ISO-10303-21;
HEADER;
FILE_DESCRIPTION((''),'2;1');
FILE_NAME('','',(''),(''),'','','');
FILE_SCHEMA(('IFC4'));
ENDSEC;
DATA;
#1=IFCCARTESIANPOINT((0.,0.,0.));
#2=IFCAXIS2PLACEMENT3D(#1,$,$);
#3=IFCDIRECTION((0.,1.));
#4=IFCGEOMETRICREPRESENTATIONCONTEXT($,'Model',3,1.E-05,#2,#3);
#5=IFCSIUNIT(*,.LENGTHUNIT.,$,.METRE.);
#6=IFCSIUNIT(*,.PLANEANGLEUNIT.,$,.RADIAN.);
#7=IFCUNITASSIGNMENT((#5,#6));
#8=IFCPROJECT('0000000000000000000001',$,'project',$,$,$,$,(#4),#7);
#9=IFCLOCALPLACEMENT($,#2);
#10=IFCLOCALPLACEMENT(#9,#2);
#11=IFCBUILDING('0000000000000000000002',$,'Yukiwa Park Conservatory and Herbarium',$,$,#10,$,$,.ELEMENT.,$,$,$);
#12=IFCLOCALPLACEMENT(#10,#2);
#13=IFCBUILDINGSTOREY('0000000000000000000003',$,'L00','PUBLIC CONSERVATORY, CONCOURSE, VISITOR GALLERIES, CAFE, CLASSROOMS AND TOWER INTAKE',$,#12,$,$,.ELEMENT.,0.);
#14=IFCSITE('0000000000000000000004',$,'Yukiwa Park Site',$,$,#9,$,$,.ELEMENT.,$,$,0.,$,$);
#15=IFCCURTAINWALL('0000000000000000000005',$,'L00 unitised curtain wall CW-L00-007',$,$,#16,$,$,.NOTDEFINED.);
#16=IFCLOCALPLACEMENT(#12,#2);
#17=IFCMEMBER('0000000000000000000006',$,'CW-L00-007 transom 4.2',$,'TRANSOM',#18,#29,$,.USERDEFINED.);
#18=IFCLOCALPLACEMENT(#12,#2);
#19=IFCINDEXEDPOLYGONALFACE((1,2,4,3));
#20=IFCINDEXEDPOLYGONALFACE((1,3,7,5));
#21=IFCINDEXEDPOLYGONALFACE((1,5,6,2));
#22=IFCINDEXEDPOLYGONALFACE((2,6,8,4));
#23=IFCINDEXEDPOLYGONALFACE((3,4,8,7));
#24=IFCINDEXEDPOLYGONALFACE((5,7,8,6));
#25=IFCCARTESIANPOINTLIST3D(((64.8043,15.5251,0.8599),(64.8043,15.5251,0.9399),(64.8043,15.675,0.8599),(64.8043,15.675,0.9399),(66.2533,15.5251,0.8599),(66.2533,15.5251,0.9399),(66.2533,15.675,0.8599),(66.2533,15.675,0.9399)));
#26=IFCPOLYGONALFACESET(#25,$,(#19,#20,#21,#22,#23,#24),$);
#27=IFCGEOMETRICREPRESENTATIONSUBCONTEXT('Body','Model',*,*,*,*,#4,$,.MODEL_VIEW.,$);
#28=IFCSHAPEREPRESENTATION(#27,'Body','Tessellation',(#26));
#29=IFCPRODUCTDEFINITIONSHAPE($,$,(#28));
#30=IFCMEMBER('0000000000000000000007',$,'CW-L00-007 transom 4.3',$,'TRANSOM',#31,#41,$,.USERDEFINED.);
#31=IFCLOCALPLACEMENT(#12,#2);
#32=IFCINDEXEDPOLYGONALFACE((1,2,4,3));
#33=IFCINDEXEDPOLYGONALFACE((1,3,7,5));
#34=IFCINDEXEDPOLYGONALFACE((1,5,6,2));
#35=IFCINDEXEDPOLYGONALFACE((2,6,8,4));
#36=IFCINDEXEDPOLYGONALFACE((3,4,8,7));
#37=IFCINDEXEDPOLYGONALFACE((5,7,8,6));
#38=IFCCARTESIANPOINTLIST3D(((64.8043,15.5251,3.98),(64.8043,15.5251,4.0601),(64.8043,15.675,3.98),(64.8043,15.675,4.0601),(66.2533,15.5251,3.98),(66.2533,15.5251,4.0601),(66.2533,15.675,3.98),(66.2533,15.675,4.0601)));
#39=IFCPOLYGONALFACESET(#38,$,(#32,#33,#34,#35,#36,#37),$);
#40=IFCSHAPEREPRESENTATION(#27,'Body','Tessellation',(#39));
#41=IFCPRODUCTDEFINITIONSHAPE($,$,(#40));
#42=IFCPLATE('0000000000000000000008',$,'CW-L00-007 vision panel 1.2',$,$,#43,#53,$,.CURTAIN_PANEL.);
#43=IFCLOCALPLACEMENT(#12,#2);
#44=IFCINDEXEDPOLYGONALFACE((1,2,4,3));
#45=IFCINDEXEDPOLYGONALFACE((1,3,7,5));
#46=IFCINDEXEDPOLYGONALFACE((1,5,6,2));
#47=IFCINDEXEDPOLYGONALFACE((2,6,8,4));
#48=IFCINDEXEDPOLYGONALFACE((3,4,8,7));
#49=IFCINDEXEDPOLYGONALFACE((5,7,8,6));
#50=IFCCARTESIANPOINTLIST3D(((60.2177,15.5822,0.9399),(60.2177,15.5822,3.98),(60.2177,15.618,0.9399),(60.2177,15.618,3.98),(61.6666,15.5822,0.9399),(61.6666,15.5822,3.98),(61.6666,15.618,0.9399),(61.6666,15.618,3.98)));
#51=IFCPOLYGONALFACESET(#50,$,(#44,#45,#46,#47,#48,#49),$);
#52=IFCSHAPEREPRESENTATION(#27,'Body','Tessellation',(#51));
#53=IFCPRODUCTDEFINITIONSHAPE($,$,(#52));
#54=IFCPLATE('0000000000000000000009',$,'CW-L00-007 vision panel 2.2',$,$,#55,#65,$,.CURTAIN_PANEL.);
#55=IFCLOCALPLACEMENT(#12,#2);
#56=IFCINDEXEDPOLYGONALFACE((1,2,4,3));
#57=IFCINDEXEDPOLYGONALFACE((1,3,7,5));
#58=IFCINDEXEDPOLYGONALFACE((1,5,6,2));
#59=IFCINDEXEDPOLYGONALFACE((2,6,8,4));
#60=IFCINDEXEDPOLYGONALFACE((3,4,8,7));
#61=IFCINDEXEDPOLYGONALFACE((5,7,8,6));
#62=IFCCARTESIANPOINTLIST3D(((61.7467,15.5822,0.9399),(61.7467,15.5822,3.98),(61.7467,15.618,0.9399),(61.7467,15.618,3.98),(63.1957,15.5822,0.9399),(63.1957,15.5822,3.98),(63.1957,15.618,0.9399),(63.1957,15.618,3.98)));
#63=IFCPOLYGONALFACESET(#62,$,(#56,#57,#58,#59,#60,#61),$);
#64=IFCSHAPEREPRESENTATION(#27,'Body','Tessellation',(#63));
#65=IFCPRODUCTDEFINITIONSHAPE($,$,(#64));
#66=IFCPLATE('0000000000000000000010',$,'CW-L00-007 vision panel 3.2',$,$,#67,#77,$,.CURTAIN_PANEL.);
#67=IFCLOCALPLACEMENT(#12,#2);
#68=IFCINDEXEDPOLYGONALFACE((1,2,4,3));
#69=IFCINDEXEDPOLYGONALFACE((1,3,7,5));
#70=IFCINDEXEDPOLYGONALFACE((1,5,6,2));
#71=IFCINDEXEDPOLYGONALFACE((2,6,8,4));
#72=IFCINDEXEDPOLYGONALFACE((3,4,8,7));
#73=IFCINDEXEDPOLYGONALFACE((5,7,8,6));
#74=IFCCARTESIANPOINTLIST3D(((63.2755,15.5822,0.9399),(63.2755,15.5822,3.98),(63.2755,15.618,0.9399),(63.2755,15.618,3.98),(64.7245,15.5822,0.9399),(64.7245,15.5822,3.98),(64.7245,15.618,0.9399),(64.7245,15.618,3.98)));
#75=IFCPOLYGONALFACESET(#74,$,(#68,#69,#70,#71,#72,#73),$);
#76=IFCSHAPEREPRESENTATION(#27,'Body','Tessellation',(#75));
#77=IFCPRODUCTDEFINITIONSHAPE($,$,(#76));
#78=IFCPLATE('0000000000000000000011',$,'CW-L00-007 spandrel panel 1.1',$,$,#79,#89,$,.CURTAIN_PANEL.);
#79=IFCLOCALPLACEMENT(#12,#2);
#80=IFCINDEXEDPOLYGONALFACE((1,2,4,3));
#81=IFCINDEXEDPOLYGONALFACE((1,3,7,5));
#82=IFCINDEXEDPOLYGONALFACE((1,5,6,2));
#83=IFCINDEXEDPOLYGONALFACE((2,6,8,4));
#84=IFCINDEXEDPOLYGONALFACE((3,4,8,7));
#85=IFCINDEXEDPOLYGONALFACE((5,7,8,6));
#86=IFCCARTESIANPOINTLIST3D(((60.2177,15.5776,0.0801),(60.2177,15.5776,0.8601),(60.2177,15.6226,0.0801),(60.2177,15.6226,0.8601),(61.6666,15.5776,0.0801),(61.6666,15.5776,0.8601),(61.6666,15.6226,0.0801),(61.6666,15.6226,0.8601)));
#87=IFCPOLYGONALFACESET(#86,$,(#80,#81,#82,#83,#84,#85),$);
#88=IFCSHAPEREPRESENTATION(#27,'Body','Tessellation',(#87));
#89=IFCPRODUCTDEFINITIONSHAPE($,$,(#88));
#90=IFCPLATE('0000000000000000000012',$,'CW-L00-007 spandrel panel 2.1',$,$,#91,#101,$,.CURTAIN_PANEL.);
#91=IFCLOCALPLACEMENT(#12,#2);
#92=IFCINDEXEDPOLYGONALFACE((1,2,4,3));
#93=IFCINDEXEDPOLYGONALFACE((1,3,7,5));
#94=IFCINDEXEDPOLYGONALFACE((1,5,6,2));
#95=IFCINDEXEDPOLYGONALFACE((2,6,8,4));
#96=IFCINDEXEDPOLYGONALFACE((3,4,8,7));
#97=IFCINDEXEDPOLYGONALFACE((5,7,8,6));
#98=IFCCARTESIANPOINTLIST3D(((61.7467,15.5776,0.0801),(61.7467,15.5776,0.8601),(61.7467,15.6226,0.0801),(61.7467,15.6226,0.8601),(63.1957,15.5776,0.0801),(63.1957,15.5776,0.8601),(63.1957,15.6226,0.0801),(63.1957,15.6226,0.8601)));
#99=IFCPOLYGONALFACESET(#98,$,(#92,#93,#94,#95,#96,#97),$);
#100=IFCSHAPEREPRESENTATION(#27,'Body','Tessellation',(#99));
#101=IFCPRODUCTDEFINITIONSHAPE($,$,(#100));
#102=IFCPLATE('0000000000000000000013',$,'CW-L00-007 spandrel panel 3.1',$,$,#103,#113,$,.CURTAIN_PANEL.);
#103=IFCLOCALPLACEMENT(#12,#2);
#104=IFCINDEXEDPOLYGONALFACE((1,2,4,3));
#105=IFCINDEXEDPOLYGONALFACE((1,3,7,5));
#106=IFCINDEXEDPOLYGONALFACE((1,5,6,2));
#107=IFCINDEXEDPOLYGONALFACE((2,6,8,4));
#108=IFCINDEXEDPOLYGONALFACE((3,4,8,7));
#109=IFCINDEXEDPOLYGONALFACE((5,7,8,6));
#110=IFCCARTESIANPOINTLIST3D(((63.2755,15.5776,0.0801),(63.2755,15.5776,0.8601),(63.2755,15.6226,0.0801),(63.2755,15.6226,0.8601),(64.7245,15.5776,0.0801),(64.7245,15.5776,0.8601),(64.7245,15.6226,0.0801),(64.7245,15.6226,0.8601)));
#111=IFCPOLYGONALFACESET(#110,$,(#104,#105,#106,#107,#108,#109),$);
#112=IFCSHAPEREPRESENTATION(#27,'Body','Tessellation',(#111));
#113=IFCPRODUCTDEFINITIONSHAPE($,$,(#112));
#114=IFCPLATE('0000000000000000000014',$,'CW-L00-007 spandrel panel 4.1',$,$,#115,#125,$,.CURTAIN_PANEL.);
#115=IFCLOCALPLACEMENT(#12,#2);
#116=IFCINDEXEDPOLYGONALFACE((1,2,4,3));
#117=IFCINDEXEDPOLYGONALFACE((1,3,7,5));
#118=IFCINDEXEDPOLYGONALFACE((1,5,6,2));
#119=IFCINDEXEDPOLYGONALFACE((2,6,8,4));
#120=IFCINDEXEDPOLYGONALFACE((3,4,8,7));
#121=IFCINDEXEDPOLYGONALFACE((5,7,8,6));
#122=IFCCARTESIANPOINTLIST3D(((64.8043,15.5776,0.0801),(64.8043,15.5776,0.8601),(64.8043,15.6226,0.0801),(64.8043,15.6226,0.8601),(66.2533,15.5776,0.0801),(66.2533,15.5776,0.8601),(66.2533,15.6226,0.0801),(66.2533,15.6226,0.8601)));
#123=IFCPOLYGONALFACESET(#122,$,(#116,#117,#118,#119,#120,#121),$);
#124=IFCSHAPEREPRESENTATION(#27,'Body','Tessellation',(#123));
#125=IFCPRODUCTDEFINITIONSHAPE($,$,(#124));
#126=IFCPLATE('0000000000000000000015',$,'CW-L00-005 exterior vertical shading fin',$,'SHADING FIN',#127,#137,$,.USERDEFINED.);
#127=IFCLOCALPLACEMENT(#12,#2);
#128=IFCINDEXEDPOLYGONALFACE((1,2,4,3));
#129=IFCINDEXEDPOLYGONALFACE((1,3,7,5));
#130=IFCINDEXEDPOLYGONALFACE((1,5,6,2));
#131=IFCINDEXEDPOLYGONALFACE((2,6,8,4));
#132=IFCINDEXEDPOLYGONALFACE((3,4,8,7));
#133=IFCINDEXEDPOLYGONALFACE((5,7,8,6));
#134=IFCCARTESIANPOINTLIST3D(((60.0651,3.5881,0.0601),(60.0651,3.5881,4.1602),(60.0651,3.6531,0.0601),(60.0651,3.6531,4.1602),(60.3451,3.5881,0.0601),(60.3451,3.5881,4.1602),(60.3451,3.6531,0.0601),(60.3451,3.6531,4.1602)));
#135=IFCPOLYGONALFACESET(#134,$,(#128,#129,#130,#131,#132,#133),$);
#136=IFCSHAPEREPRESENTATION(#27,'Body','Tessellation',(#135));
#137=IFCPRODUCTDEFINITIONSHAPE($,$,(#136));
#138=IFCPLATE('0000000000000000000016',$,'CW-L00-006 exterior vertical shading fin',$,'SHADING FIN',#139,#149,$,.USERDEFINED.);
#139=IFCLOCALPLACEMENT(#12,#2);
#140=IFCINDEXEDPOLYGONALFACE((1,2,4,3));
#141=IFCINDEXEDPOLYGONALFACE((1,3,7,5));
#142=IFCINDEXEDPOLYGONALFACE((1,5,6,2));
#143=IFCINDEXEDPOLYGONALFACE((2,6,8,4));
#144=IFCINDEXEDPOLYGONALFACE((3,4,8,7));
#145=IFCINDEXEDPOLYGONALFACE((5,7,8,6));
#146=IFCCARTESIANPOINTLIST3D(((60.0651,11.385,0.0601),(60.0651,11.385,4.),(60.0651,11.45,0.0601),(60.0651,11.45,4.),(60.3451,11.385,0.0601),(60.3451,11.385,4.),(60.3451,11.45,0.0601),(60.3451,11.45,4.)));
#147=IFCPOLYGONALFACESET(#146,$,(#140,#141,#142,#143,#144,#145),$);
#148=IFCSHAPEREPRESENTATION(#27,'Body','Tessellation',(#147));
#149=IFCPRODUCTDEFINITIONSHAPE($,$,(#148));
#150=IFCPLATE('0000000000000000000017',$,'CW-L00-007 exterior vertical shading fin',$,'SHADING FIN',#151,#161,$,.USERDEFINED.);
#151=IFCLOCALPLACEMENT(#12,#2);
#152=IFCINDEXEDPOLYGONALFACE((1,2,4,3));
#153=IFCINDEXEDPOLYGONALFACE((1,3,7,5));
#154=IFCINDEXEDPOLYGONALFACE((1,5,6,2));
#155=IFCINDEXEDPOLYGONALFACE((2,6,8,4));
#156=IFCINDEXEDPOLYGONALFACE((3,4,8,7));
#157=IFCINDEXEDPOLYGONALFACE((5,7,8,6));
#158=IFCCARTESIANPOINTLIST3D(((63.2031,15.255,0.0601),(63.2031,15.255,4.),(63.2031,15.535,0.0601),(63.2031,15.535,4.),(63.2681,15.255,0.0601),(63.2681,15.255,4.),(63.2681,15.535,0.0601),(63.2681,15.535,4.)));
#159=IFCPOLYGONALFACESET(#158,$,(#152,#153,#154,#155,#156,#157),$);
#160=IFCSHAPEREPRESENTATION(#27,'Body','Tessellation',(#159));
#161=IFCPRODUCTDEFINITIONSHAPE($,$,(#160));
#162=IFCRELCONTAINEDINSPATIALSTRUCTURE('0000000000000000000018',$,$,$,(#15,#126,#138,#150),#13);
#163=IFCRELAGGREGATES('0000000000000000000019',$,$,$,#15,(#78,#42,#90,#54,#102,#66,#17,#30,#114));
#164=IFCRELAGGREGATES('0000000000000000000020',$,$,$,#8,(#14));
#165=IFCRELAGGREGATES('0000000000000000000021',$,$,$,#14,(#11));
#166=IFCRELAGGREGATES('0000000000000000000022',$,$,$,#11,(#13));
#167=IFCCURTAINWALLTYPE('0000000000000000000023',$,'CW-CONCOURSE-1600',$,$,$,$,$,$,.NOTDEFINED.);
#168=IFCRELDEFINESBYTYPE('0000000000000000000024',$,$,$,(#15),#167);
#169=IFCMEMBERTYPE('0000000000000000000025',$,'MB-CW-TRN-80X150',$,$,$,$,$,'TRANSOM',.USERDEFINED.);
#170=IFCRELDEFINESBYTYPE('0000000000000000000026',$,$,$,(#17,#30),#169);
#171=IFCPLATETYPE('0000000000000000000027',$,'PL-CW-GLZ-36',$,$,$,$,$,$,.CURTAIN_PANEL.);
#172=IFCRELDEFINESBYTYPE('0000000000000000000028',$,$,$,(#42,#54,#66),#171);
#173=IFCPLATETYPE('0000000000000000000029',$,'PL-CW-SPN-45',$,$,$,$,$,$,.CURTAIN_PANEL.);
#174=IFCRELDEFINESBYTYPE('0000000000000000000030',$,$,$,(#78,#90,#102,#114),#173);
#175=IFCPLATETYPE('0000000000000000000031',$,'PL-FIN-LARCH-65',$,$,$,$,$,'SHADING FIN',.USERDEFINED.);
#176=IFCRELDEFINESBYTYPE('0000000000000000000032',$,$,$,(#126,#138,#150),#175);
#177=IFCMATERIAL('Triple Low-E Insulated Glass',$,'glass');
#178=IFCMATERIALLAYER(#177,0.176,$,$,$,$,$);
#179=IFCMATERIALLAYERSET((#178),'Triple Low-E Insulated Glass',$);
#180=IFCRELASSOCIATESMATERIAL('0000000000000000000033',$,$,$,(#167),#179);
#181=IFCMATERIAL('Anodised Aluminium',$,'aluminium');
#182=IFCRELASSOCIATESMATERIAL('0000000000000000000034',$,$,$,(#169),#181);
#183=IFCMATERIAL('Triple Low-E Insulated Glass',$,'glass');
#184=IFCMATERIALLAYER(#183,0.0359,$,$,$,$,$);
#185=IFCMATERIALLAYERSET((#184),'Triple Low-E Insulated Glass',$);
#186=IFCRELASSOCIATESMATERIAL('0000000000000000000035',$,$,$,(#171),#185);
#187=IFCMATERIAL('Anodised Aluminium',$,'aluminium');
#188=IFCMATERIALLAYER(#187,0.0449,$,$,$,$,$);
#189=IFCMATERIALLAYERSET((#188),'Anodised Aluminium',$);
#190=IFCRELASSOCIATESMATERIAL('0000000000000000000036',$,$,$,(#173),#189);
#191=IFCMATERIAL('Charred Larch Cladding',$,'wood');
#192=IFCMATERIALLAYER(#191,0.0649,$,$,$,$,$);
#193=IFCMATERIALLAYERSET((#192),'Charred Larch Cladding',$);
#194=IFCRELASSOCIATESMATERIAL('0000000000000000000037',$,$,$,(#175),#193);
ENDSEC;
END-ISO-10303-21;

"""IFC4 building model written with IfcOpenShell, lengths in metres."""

from ifc_helpers import new_model, si_unit, direction, frame, origin, origin_2d, place, context, subcontext, project, spatial, rectangle, extrude, material, layer, layer_set, type_object, element, aggregate, save


model = new_model("IFC4")

# Units and contexts
model_context = context("Model", 3, precision=1e-05, world=origin(), true_north=direction((0.0, 1.0)))
body_context = subcontext(model_context, "Body", "Model", "MODEL_VIEW")
ifc_project = project(units=[si_unit("LENGTHUNIT", "METRE"), si_unit("PLANEANGLEUNIT", "RADIAN")], contexts=[model_context])

# Site, building, storey
site_placement = place(None, origin())
site = spatial("IfcSite", under=ifc_project, at=site_placement, Name="Yukiwa Park Site", CompositionType="ELEMENT", RefElevation=0.0)
building_placement = place(site_placement, origin())
building = spatial("IfcBuilding", under=site, at=building_placement, Name="Yukiwa Park Conservatory and Herbarium", CompositionType="ELEMENT")
storey_placement = place(building_placement, origin())
storey = spatial("IfcBuildingStorey", under=building, at=storey_placement, Name="L00", Description="PUBLIC CONSERVATORY, CONCOURSE, VISITOR GALLERIES, CAFE, CLASSROOMS AND TOWER INTAKE", CompositionType="ELEMENT", Elevation=0.0)

# Curtain wall, members, plates
ifc_material_1 = material(Name="Triple Low-E Insulated Glass", Category="glass")
ifc_layer_1 = layer(ifc_material_1, 0.176)
ifc_layer_set_1 = layer_set([ifc_layer_1], Name="Triple Low-E Insulated Glass")
curtain_wall_type = type_object("IfcCurtainWallType", Name="CW-CONCOURSE-1600", PredefinedType="NOTDEFINED", material=ifc_layer_set_1)
curtain_wall_placement = place(storey_placement, origin())
curtain_wall = element("IfcCurtainWall", 1, at=curtain_wall_placement, inside=storey, type_object=curtain_wall_type, Name="L00 unitised curtain wall CW-L00-007", PredefinedType="NOTDEFINED")
ifc_material_2 = material(Name="Anodised Aluminium", Category="aluminium")
member_type_1 = type_object("IfcMemberType", Name="MB-CW-TRN-80X150", ElementType="TRANSOM", PredefinedType="USERDEFINED", material=ifc_material_2)
member_1_placement = place(storey_placement, frame((65.5288, 15.6001, 0.8599), z_axis=(0.0, 0.0, 1.0), x_axis=(1.0, 0.0, 0.0)))
member_1 = element("IfcMember", 2, at=member_1_placement, type_object=member_type_1, Name="CW-L00-007 transom 4.2", ObjectType="TRANSOM", PredefinedType="USERDEFINED", context=body_context, shape_type="SweptSolid", body=[
    extrude(rectangle(XDim=1.449, YDim=0.1499, at=origin_2d()), origin(), (0.0, 0.0, 1.0), 0.0801),
])
member_2_placement = place(storey_placement, frame((65.5288, 15.6001, 3.98), z_axis=(0.0, 0.0, 1.0), x_axis=(1.0, 0.0, 0.0)))
member_2 = element("IfcMember", 3, at=member_2_placement, type_object=member_type_1, Name="CW-L00-007 transom 4.3", ObjectType="TRANSOM", PredefinedType="USERDEFINED", context=body_context, shape_type="SweptSolid", body=[
    extrude(rectangle(XDim=1.449, YDim=0.1499, at=origin_2d()), origin(), (0.0, 0.0, 1.0), 0.0801),
])
ifc_material_3 = material(Name="Triple Low-E Insulated Glass", Category="glass")
ifc_layer_2 = layer(ifc_material_3, 0.0359)
ifc_layer_set_2 = layer_set([ifc_layer_2], Name="Triple Low-E Insulated Glass")
plate_type_1 = type_object("IfcPlateType", Name="PL-CW-GLZ-36", PredefinedType="CURTAIN_PANEL", material=ifc_layer_set_2)
plate_1_placement = place(storey_placement, frame((60.9421, 15.6001, 0.9399), z_axis=(0.0, 0.0, 1.0), x_axis=(1.0, 0.0, 0.0)))
plate_1 = element("IfcPlate", 4, at=plate_1_placement, type_object=plate_type_1, Name="CW-L00-007 vision panel 1.2", PredefinedType="CURTAIN_PANEL", context=body_context, shape_type="SweptSolid", body=[
    extrude(rectangle(XDim=1.449, YDim=0.0359, at=origin_2d()), origin(), (0.0, 0.0, 1.0), 3.04),
])
plate_2_placement = place(storey_placement, frame((62.4712, 15.6001, 0.9399), z_axis=(0.0, 0.0, 1.0), x_axis=(1.0, 0.0, 0.0)))
plate_2 = element("IfcPlate", 5, at=plate_2_placement, type_object=plate_type_1, Name="CW-L00-007 vision panel 2.2", PredefinedType="CURTAIN_PANEL", context=body_context, shape_type="SweptSolid", body=[
    extrude(rectangle(XDim=1.449, YDim=0.0359, at=origin_2d()), origin(), (0.0, 0.0, 1.0), 3.04),
])
plate_3_placement = place(storey_placement, frame((64.0, 15.6001, 0.9399), z_axis=(0.0, 0.0, 1.0), x_axis=(1.0, 0.0, 0.0)))
plate_3 = element("IfcPlate", 6, at=plate_3_placement, type_object=plate_type_1, Name="CW-L00-007 vision panel 3.2", PredefinedType="CURTAIN_PANEL", context=body_context, shape_type="SweptSolid", body=[
    extrude(rectangle(XDim=1.449, YDim=0.0359, at=origin_2d()), origin(), (0.0, 0.0, 1.0), 3.04),
])
ifc_material_4 = material(Name="Anodised Aluminium", Category="aluminium")
ifc_layer_3 = layer(ifc_material_4, 0.0449)
ifc_layer_set_3 = layer_set([ifc_layer_3], Name="Anodised Aluminium")
plate_type_2 = type_object("IfcPlateType", Name="PL-CW-SPN-45", PredefinedType="CURTAIN_PANEL", material=ifc_layer_set_3)
plate_4_placement = place(storey_placement, frame((60.9421, 15.6001, 0.0801), z_axis=(0.0, 0.0, 1.0), x_axis=(1.0, 0.0, 0.0)))
plate_4 = element("IfcPlate", 7, at=plate_4_placement, type_object=plate_type_2, Name="CW-L00-007 spandrel panel 1.1", PredefinedType="CURTAIN_PANEL", context=body_context, shape_type="SweptSolid", body=[
    extrude(rectangle(XDim=1.449, YDim=0.0449, at=origin_2d()), origin(), (0.0, 0.0, 1.0), 0.78),
])
plate_5_placement = place(storey_placement, frame((62.4712, 15.6001, 0.0801), z_axis=(0.0, 0.0, 1.0), x_axis=(1.0, 0.0, 0.0)))
plate_5 = element("IfcPlate", 8, at=plate_5_placement, type_object=plate_type_2, Name="CW-L00-007 spandrel panel 2.1", PredefinedType="CURTAIN_PANEL", context=body_context, shape_type="SweptSolid", body=[
    extrude(rectangle(XDim=1.449, YDim=0.0449, at=origin_2d()), origin(), (0.0, 0.0, 1.0), 0.78),
])
plate_6_placement = place(storey_placement, frame((64.0, 15.6001, 0.0801), z_axis=(0.0, 0.0, 1.0), x_axis=(1.0, 0.0, 0.0)))
plate_6 = element("IfcPlate", 9, at=plate_6_placement, type_object=plate_type_2, Name="CW-L00-007 spandrel panel 3.1", PredefinedType="CURTAIN_PANEL", context=body_context, shape_type="SweptSolid", body=[
    extrude(rectangle(XDim=1.449, YDim=0.0449, at=origin_2d()), origin(), (0.0, 0.0, 1.0), 0.78),
])
plate_7_placement = place(storey_placement, frame((65.5288, 15.6001, 0.0801), z_axis=(0.0, 0.0, 1.0), x_axis=(1.0, 0.0, 0.0)))
plate_7 = element("IfcPlate", 10, at=plate_7_placement, type_object=plate_type_2, Name="CW-L00-007 spandrel panel 4.1", PredefinedType="CURTAIN_PANEL", context=body_context, shape_type="SweptSolid", body=[
    extrude(rectangle(XDim=1.449, YDim=0.0449, at=origin_2d()), origin(), (0.0, 0.0, 1.0), 0.78),
])
aggregate(curtain_wall, [plate_4, plate_1, plate_5, plate_2, plate_6, plate_3, member_1, member_2, plate_7])

# Plates
ifc_material_5 = material(Name="Charred Larch Cladding", Category="wood")
ifc_layer_4 = layer(ifc_material_5, 0.0649)
ifc_layer_set_4 = layer_set([ifc_layer_4], Name="Charred Larch Cladding")
plate_type_3 = type_object("IfcPlateType", Name="PL-FIN-LARCH-65", ElementType="SHADING FIN", PredefinedType="USERDEFINED", material=ifc_layer_set_4)
plate_8_placement = place(storey_placement, frame((60.2051, 3.6206, 0.0601), z_axis=(0.0, 0.0, 1.0), x_axis=(0.0, 1.0, 0.0)))
element("IfcPlate", 11, at=plate_8_placement, inside=storey, type_object=plate_type_3, Name="CW-L00-005 exterior vertical shading fin", ObjectType="SHADING FIN", PredefinedType="USERDEFINED", context=body_context, shape_type="SweptSolid", body=[
    extrude(rectangle(XDim=0.0649, YDim=0.28, at=origin_2d()), origin(), (0.0, 0.0, 1.0), 4.1001),
])
for number, where, z_axis, x_axis, name in (
    (12, (60.2051, 11.4175, 0.0601), (0.0, 0.0, 1.0), (0.0, 1.0, 0.0), "CW-L00-006 exterior vertical shading fin"),
    (13, (63.2356, 15.395, 0.0601), (0.0, 0.0, 1.0), (1.0, 0.0, 0.0), "CW-L00-007 exterior vertical shading fin"),
):
    element("IfcPlate", number, at=place(storey_placement, frame(where, z_axis=z_axis, x_axis=x_axis)), inside=storey, type_object=plate_type_3, Name=name, ObjectType="SHADING FIN", PredefinedType="USERDEFINED", context=body_context, shape_type="SweptSolid", body=[
        extrude(rectangle(XDim=0.0649, YDim=0.28, at=origin_2d()), origin(), (0.0, 0.0, 1.0), 3.9399),
    ])

save(model, "model.ifc")
